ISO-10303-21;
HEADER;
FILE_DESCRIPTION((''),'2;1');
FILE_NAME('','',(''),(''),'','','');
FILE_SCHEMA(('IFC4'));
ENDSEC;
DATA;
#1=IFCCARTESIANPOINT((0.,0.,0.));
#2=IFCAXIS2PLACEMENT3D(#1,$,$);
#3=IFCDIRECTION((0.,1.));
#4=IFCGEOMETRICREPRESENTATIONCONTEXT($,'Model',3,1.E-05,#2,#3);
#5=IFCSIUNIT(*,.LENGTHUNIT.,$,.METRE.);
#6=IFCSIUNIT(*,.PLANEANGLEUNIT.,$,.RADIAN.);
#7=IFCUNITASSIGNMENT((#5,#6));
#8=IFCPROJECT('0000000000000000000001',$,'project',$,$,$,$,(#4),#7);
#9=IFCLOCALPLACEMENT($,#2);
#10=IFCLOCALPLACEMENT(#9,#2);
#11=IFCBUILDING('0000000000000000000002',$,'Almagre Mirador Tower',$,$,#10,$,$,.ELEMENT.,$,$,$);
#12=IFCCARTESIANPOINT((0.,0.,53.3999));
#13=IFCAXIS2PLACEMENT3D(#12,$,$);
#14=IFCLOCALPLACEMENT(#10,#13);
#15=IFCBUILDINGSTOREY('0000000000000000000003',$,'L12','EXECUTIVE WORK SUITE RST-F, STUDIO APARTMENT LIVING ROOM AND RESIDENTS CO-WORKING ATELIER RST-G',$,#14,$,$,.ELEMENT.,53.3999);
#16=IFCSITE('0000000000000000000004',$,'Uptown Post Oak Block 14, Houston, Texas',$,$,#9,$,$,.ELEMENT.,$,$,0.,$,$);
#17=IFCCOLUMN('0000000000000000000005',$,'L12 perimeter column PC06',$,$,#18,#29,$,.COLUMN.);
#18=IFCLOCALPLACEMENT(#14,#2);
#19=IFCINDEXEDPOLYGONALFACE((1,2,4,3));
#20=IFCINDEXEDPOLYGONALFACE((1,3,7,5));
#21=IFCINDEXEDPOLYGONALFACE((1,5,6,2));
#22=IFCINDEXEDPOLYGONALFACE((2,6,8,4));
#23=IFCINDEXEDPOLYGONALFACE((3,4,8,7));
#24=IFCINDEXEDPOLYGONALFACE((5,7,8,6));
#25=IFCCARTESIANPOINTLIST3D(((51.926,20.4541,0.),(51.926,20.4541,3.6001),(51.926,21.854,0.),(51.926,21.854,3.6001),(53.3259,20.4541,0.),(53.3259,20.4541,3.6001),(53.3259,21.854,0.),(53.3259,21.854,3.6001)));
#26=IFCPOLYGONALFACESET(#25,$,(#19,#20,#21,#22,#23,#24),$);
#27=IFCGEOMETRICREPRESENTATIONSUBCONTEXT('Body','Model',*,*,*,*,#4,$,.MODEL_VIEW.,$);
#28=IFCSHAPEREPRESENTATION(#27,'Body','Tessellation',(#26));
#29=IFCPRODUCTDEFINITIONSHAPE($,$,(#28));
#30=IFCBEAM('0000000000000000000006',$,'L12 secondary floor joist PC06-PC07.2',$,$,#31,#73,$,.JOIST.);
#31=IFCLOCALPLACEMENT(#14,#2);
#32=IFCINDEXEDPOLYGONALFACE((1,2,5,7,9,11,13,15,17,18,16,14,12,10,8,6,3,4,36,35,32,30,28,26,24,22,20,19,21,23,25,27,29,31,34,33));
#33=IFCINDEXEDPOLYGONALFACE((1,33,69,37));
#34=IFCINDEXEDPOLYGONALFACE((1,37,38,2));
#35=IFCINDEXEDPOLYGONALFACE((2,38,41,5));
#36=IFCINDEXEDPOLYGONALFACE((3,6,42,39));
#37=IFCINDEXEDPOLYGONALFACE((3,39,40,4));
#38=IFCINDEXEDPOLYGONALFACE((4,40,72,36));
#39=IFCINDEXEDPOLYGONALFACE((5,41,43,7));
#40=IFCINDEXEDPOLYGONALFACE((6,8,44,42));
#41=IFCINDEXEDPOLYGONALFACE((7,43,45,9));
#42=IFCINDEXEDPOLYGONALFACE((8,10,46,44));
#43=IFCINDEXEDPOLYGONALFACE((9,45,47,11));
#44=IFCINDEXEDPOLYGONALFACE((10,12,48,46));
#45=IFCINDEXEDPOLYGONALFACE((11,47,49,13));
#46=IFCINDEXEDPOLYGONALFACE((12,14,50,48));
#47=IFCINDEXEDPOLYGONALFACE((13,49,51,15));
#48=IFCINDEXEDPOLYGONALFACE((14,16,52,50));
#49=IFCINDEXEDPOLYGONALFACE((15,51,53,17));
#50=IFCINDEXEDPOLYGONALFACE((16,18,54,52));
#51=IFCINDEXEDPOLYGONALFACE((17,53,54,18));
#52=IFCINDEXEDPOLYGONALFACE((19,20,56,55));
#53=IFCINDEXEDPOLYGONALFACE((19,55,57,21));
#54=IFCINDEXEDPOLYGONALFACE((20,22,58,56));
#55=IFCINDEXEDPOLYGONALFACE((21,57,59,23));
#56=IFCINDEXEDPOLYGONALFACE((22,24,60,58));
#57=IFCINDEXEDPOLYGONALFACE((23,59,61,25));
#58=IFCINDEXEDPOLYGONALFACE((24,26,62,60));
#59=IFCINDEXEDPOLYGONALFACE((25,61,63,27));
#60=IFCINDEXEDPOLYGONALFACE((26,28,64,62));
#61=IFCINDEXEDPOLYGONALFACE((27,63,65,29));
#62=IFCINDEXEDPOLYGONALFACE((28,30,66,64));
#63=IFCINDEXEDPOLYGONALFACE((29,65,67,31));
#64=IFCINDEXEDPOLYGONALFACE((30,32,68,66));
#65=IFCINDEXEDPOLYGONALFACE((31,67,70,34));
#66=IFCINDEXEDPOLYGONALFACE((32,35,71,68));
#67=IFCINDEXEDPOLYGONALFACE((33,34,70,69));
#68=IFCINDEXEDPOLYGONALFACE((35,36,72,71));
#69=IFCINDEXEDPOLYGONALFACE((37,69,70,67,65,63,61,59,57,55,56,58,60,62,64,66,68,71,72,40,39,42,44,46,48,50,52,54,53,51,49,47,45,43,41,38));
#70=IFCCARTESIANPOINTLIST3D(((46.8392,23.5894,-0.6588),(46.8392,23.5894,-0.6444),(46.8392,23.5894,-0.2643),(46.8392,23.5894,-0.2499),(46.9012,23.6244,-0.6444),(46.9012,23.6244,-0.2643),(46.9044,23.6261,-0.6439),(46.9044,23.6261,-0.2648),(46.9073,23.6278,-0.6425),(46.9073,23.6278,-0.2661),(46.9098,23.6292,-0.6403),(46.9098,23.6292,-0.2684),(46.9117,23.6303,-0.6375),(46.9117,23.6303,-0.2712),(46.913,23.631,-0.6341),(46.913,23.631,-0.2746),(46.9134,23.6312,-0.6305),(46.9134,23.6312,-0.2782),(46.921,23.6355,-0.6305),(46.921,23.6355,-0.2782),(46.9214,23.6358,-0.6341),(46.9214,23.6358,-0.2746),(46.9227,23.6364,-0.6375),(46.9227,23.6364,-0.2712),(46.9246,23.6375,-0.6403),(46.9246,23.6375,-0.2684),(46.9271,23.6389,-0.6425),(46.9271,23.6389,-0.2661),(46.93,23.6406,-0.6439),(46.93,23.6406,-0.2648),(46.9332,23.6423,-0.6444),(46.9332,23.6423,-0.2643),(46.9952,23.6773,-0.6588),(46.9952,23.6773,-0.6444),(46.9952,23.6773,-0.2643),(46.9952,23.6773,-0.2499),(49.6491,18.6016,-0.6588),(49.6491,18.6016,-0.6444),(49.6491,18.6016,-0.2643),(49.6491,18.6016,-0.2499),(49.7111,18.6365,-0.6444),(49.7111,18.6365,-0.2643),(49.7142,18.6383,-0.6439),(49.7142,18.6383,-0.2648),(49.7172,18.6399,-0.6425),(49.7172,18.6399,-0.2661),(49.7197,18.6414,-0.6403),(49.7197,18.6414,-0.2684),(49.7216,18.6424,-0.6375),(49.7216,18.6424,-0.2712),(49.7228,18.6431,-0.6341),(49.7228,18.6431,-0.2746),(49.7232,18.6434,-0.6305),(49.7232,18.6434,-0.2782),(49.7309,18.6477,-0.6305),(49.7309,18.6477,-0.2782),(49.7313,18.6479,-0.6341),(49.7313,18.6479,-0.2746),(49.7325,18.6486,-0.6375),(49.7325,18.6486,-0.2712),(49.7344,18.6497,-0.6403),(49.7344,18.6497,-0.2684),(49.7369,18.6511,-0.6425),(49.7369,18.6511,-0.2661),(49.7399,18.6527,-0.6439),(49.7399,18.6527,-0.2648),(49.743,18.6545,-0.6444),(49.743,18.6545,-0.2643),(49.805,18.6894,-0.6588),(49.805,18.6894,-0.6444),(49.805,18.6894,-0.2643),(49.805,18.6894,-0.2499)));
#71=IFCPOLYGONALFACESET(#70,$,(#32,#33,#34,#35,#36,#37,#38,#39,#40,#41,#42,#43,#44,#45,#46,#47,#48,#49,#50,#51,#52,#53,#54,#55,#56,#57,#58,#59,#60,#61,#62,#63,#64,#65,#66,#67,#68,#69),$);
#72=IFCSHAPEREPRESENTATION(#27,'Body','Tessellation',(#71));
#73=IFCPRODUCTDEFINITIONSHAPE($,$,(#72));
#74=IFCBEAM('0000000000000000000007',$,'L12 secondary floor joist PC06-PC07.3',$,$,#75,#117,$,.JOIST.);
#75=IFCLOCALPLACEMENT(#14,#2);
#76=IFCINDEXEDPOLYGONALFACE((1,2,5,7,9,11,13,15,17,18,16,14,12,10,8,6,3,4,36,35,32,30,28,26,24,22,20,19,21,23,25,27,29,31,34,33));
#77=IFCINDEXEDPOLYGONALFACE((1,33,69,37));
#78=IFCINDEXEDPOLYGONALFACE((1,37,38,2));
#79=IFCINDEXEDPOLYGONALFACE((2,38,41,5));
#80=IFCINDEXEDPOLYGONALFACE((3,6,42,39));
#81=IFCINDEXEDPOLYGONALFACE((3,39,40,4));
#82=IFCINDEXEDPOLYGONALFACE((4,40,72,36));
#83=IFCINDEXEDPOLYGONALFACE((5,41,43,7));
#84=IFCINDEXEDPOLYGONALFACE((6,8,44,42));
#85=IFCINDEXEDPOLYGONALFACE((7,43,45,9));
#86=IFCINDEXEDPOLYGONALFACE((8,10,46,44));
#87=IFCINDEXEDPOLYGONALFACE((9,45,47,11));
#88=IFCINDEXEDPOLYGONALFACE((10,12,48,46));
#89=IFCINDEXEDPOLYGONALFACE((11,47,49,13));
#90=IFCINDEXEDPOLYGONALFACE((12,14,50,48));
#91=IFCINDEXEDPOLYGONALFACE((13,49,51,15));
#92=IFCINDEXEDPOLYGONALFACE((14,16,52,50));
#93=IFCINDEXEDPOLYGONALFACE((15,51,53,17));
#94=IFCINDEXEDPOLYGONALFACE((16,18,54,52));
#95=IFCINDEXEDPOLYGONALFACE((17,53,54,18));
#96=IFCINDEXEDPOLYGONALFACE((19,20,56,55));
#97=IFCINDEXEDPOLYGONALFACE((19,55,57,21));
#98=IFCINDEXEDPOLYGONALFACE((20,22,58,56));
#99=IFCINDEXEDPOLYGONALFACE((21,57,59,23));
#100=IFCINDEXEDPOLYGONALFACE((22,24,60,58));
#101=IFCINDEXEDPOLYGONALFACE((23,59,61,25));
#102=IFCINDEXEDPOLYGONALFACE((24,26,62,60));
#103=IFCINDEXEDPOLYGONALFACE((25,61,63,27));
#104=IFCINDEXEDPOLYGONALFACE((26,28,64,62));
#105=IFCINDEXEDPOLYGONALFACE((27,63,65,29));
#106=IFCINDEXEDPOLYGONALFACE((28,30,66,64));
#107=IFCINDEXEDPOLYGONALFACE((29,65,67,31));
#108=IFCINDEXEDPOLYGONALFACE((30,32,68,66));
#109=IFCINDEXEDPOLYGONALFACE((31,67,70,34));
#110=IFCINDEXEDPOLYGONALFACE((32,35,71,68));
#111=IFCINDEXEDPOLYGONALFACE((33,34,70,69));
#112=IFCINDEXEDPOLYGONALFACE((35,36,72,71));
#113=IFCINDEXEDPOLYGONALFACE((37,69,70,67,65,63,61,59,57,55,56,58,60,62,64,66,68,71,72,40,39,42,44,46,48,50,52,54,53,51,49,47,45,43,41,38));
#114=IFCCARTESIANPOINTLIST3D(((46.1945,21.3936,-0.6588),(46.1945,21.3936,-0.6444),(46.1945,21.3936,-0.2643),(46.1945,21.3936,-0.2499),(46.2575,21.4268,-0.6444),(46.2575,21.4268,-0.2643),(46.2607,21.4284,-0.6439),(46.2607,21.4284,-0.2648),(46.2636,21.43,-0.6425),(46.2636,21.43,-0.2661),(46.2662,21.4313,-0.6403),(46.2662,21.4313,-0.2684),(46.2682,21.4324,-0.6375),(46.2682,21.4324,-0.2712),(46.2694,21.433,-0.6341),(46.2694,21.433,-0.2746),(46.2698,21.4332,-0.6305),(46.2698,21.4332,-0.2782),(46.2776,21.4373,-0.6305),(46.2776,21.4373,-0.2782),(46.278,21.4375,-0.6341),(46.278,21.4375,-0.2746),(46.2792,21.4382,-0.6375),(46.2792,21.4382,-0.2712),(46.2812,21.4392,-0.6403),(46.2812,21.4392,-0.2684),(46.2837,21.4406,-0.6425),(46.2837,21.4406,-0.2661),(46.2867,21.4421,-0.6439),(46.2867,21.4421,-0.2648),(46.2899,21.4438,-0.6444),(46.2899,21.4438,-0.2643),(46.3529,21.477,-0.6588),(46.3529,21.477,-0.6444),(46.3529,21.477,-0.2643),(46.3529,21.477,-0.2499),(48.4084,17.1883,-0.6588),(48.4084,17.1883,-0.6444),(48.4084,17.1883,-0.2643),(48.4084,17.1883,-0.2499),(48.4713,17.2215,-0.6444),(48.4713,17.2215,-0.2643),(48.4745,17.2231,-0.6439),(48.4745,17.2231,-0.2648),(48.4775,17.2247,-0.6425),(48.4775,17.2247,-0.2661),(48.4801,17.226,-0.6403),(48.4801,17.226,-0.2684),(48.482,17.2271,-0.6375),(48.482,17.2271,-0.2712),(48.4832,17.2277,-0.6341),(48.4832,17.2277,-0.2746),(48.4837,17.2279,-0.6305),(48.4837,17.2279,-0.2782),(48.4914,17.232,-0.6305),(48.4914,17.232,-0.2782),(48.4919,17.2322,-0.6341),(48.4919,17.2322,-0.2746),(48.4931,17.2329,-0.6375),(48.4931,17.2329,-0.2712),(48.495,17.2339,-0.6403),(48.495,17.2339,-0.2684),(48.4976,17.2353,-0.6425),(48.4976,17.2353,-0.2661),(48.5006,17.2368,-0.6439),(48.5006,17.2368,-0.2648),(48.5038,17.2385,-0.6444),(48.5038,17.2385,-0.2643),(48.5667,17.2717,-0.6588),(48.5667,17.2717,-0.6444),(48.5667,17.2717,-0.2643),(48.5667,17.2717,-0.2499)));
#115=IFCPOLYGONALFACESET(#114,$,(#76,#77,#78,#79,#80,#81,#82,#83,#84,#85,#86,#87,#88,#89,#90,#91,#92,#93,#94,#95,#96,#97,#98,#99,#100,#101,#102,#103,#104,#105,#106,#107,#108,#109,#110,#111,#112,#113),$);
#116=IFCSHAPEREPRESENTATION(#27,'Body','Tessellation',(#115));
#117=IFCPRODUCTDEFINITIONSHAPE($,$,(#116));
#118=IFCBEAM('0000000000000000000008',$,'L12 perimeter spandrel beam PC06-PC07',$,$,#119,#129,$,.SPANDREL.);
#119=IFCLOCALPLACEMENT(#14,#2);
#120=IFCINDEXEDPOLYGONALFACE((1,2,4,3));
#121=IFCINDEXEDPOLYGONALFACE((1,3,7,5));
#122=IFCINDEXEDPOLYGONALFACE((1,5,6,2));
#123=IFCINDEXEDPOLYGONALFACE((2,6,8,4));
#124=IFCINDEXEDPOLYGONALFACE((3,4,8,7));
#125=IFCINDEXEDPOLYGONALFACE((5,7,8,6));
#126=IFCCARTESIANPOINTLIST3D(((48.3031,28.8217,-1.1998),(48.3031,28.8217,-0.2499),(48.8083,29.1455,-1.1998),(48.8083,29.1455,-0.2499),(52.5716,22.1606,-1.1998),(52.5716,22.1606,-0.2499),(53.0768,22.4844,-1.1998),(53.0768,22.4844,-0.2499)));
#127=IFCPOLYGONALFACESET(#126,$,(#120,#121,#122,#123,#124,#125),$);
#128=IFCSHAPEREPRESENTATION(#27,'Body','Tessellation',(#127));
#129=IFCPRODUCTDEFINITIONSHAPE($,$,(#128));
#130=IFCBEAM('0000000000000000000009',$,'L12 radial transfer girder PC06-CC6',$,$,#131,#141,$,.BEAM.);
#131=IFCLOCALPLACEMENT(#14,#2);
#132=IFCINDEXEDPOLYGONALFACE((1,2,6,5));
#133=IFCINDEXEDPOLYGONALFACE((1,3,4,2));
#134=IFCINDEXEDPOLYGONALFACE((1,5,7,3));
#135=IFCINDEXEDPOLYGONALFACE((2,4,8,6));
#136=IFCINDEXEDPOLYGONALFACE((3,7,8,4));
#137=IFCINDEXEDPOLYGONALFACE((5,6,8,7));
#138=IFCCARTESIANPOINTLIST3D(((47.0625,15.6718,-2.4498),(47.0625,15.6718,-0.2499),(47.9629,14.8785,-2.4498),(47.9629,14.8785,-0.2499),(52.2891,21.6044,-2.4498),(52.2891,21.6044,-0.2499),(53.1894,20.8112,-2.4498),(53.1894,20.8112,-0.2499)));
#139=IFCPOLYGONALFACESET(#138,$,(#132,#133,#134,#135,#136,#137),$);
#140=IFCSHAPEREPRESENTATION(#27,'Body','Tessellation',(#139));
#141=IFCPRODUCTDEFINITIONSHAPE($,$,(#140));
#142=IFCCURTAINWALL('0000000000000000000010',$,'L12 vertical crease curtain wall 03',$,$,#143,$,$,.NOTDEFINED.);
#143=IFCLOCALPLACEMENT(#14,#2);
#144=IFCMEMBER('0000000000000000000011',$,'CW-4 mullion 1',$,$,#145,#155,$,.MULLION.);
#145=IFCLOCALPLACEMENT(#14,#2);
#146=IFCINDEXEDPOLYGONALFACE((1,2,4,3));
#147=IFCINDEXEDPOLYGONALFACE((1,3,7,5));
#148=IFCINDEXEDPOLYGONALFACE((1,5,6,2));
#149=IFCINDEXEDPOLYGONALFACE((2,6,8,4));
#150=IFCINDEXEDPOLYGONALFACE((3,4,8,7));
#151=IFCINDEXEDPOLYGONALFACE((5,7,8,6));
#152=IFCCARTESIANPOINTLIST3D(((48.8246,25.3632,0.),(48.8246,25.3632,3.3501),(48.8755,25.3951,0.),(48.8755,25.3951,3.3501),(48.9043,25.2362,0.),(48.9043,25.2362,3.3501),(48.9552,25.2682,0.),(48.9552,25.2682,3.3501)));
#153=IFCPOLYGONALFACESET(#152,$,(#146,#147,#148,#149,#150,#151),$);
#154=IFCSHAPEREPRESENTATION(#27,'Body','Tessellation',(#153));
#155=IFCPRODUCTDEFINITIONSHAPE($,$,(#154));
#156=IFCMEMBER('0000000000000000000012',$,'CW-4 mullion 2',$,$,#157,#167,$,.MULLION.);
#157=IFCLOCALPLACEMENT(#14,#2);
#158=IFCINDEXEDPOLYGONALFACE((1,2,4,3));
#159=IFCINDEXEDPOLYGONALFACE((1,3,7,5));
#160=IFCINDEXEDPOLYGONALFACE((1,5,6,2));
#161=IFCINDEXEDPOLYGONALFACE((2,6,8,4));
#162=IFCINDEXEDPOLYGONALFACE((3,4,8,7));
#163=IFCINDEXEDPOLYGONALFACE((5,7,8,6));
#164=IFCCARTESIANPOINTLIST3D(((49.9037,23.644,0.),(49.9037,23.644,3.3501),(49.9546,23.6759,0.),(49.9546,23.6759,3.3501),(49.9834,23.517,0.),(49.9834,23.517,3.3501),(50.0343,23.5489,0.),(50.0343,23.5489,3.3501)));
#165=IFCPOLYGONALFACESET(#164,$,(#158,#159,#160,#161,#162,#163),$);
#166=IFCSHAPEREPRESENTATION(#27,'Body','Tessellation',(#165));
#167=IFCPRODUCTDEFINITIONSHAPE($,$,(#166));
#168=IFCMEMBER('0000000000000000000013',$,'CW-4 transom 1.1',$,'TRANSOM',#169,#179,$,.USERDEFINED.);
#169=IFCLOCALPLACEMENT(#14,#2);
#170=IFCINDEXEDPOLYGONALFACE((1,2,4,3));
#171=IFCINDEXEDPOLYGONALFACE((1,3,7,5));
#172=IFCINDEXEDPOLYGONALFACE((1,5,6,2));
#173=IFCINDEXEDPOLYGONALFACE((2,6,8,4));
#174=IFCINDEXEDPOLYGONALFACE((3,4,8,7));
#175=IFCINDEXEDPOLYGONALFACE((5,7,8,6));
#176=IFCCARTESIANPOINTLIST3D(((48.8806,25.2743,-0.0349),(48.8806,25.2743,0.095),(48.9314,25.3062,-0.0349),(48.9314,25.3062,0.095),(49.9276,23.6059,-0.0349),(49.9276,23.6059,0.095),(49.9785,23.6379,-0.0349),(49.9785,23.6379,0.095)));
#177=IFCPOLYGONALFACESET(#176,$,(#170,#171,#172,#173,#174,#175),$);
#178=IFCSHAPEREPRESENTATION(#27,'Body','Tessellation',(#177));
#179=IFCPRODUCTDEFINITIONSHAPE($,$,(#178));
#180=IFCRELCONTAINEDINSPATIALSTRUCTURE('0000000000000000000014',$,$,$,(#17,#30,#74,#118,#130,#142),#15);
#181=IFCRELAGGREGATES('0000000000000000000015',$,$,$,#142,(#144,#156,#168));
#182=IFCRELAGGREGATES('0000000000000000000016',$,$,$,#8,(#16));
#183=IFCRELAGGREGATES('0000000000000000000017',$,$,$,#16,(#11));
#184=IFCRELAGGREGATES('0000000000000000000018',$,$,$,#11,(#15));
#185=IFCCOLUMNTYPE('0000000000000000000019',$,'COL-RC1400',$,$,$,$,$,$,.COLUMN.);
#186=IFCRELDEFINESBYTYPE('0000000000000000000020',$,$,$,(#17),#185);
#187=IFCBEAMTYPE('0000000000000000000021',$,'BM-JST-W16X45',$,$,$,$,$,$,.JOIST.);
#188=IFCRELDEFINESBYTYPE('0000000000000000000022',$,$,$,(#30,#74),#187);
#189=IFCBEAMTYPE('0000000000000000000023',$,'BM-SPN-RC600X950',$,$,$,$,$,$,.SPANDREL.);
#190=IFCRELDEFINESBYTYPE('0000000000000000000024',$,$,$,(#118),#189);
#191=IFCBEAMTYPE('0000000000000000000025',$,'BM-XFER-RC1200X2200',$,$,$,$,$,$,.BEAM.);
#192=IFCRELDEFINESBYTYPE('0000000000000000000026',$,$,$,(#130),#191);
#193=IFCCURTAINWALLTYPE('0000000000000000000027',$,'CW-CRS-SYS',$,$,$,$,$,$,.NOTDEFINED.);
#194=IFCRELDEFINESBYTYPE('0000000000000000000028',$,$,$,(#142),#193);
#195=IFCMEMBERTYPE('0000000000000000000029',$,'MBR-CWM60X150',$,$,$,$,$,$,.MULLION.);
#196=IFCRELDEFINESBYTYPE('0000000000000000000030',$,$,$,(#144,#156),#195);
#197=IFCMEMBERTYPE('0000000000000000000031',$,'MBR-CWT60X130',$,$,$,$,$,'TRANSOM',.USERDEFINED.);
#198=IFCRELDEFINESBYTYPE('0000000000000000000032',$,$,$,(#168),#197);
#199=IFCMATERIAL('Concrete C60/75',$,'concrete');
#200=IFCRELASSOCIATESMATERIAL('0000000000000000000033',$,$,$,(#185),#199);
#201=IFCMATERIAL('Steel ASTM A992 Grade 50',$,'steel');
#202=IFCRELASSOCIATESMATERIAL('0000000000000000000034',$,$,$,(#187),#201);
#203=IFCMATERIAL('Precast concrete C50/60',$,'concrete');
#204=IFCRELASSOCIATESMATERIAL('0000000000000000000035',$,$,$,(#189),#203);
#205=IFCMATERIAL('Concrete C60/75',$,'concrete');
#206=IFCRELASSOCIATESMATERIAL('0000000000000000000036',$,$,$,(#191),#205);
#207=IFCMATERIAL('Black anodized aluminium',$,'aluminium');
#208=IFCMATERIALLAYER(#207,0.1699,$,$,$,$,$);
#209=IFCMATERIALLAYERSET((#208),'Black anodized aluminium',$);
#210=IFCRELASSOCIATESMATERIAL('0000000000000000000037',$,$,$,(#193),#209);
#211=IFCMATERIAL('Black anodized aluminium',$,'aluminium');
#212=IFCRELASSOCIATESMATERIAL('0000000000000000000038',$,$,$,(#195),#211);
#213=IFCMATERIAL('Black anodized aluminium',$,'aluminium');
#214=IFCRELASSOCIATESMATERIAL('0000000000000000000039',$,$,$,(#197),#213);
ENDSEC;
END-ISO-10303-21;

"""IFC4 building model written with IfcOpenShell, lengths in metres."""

from ifc_helpers import new_model, si_unit, direction, frame, origin, origin_2d, place, context, subcontext, project, spatial, rectangle, i_section, extrude, material, layer, layer_set, material_profile, profile_set, type_object, element, aggregate, save


model = new_model("IFC4")

# Units and contexts
model_context = context("Model", 3, precision=1e-05, world=origin(), true_north=direction((0.0, 1.0)))
body_context = subcontext(model_context, "Body", "Model", "MODEL_VIEW")
ifc_project = project(units=[si_unit("LENGTHUNIT", "METRE"), si_unit("PLANEANGLEUNIT", "RADIAN")], contexts=[model_context])

# Site, building, storey
site_placement = place(None, origin())
site = spatial("IfcSite", under=ifc_project, at=site_placement, Name="Uptown Post Oak Block 14, Houston, Texas", CompositionType="ELEMENT", RefElevation=0.0)
building_placement = place(site_placement, origin())
building = spatial("IfcBuilding", under=site, at=building_placement, Name="Almagre Mirador Tower", CompositionType="ELEMENT")
storey_placement = place(building_placement, frame((0.0, 0.0, 53.3999)))
storey = spatial("IfcBuildingStorey", under=building, at=storey_placement, Name="L12", Description="EXECUTIVE WORK SUITE RST-F, STUDIO APARTMENT LIVING ROOM AND RESIDENTS CO-WORKING ATELIER RST-G", CompositionType="ELEMENT", Elevation=53.3999)

# Column
ifc_material_1 = material(Name="Concrete C60/75", Category="concrete")
ifc_material_profile_1 = material_profile(ifc_material_1, rectangle(XDim=1.3999, YDim=1.3999, at=origin_2d()), Name="RC1400X1400")
ifc_profile_set_1 = profile_set([ifc_material_profile_1], Name="Concrete C60/75")
column_type = type_object("IfcColumnType", Name="COL-RC1400", PredefinedType="COLUMN", material=ifc_profile_set_1)
column_placement = place(storey_placement, frame((52.626, 21.1541, 0.0), z_axis=(0.0, 0.0, 1.0), x_axis=(1.0, 0.0, 0.0)))
element("IfcColumn", 1, at=column_placement, inside=storey, type_object=column_type, Name="L12 perimeter column PC06", PredefinedType="COLUMN", context=body_context, shape_type="SweptSolid", body=[
    extrude(rectangle(XDim=1.3999, YDim=1.3999, at=origin_2d()), origin(), (0.0, 0.0, 1.0), 3.6001),
])

# Beams
ifc_material_2 = material(Name="Steel ASTM A992 Grade 50", Category="steel")
ifc_material_profile_2 = material_profile(ifc_material_2, i_section(OverallWidth=0.179, OverallDepth=0.4089, WebThickness=0.0088, FlangeThickness=0.0144, FilletRadius=0.0139, at=origin_2d()), Name="W16X45")
ifc_profile_set_2 = profile_set([ifc_material_profile_2], Name="Steel ASTM A992 Grade 50")
beam_type_1 = type_object("IfcBeamType", Name="BM-JST-W16X45", PredefinedType="JOIST", material=ifc_profile_set_2)
beam_1_placement = place(storey_placement, frame((49.7271, 18.6455, -0.4543), z_axis=(-0.490816, 0.871263, 0.0), x_axis=(-0.871263, -0.490816, 0.0)))
element("IfcBeam", 2, at=beam_1_placement, inside=storey, type_object=beam_type_1, Name="L12 secondary floor joist PC06-PC07.2", PredefinedType="JOIST", context=body_context, shape_type="SweptSolid", body=[
    extrude(i_section(OverallWidth=0.179, OverallDepth=0.4089, WebThickness=0.0088, FlangeThickness=0.0144, FilletRadius=0.0139, at=origin_2d()), origin(), (0.0, 0.0, 1.0), 5.7249),
])
beam_2_placement = place(storey_placement, frame((48.4875, 17.23, -0.4543), z_axis=(-0.465835, 0.884871, 0.0), x_axis=(-0.884871, -0.465835, 0.0)))
element("IfcBeam", 3, at=beam_2_placement, inside=storey, type_object=beam_type_1, Name="L12 secondary floor joist PC06-PC07.3", PredefinedType="JOIST", context=body_context, shape_type="SweptSolid", body=[
    extrude(i_section(OverallWidth=0.179, OverallDepth=0.4089, WebThickness=0.0088, FlangeThickness=0.0144, FilletRadius=0.0139, at=origin_2d()), origin(), (0.0, 0.0, 1.0), 4.7524),
])
ifc_material_3 = material(Name="Precast concrete C50/60", Category="concrete")
ifc_material_profile_3 = material_profile(ifc_material_3, rectangle(XDim=0.6001, YDim=0.95, at=origin_2d()), Name="RC600X950")
ifc_profile_set_3 = profile_set([ifc_material_profile_3], Name="Precast concrete C50/60")
beam_type_2 = type_object("IfcBeamType", Name="BM-SPN-RC600X950", PredefinedType="SPANDREL", material=ifc_profile_set_3)
beam_3_placement = place(storey_placement, frame((52.8242, 22.3225, -0.7249), z_axis=(-0.53954, 0.84196, 0.0), x_axis=(-0.84196, -0.53954, 0.0)))
element("IfcBeam", 4, at=beam_3_placement, inside=storey, type_object=beam_type_2, Name="L12 perimeter spandrel beam PC06-PC07", PredefinedType="SPANDREL", context=body_context, shape_type="SweptSolid", body=[
    extrude(rectangle(XDim=0.6001, YDim=0.95, at=origin_2d()), origin(), (0.0, 0.0, 1.0), 7.9114),
])
ifc_material_4 = material(Name="Concrete C60/75", Category="concrete")
ifc_material_profile_4 = material_profile(ifc_material_4, rectangle(XDim=1.2, YDim=2.2, at=origin_2d()), Name="RC1200X2200")
ifc_profile_set_4 = profile_set([ifc_material_profile_4], Name="Concrete C60/75")
beam_type_3 = type_object("IfcBeamType", Name="BM-XFER-RC1200X2200", PredefinedType="BEAM", material=ifc_profile_set_4)
beam_4_placement = place(storey_placement, frame((52.7393, 21.2078, -1.3499), z_axis=(-0.661045, -0.750346, 0.0), x_axis=(0.750346, -0.661045, 0.0)))
element("IfcBeam", 5, at=beam_4_placement, inside=storey, type_object=beam_type_3, Name="L12 radial transfer girder PC06-CC6", PredefinedType="BEAM", context=body_context, shape_type="SweptSolid", body=[
    extrude(rectangle(XDim=1.2, YDim=2.2, at=origin_2d()), origin(), (0.0, 0.0, 1.0), 7.9065),
])

# Curtain wall, members
ifc_material_5 = material(Name="Black anodized aluminium", Category="aluminium")
ifc_layer_1 = layer(ifc_material_5, 0.1699)
ifc_layer_set_1 = layer_set([ifc_layer_1], Name="Black anodized aluminium")
curtain_wall_type = type_object("IfcCurtainWallType", Name="CW-CRS-SYS", PredefinedType="NOTDEFINED", material=ifc_layer_set_1)
curtain_wall_placement = place(storey_placement, origin())
curtain_wall = element("IfcCurtainWall", 6, at=curtain_wall_placement, inside=storey, type_object=curtain_wall_type, Name="L12 vertical crease curtain wall 03", PredefinedType="NOTDEFINED")
ifc_material_6 = material(Name="Black anodized aluminium", Category="aluminium")
ifc_material_profile_5 = material_profile(ifc_material_6, rectangle(XDim=0.0601, YDim=0.1499, at=origin_2d()), Name="CWM60X150")
ifc_profile_set_5 = profile_set([ifc_material_profile_5], Name="Black anodized aluminium")
member_type_1 = type_object("IfcMemberType", Name="MBR-CWM60X150", PredefinedType="MULLION", material=ifc_profile_set_5)
member_1_placement = place(storey_placement, frame((48.8899, 25.3157, 0.0), z_axis=(0.0, 0.0, 1.0), x_axis=(0.846975, 0.531632, 0.0)))
member_1 = element("IfcMember", 7, at=member_1_placement, type_object=member_type_1, Name="CW-4 mullion 1", PredefinedType="MULLION", context=body_context, shape_type="SweptSolid", body=[
    extrude(rectangle(XDim=0.0601, YDim=0.1499, at=origin_2d()), origin(), (0.0, 0.0, 1.0), 3.3501),
])
member_2_placement = place(storey_placement, frame((49.969, 23.5964, 0.0), z_axis=(0.0, 0.0, 1.0), x_axis=(0.846975, 0.531632, 0.0)))
member_2 = element("IfcMember", 8, at=member_2_placement, type_object=member_type_1, Name="CW-4 mullion 2", PredefinedType="MULLION", context=body_context, shape_type="SweptSolid", body=[
    extrude(rectangle(XDim=0.0601, YDim=0.1499, at=origin_2d()), origin(), (0.0, 0.0, 1.0), 3.3501),
])
ifc_material_7 = material(Name="Black anodized aluminium", Category="aluminium")
ifc_material_profile_6 = material_profile(ifc_material_7, rectangle(XDim=0.0601, YDim=0.1299, at=origin_2d()), Name="CWT60X130")
ifc_profile_set_6 = profile_set([ifc_material_profile_6], Name="Black anodized aluminium")
member_type_2 = type_object("IfcMemberType", Name="MBR-CWT60X130", ElementType="TRANSOM", PredefinedType="USERDEFINED", material=ifc_profile_set_6)
member_3_placement = place(storey_placement, frame((48.906, 25.2903, 0.03), z_axis=(0.53158, -0.847008, 0.0), x_axis=(0.847008, 0.53158, 0.0)))
member_3 = element("IfcMember", 9, at=member_3_placement, type_object=member_type_2, Name="CW-4 transom 1.1", ObjectType="TRANSOM", PredefinedType="USERDEFINED", context=body_context, shape_type="SweptSolid", body=[
    extrude(rectangle(XDim=0.0601, YDim=0.1299, at=origin_2d()), origin(), (0.0, 0.0, 1.0), 1.9697),
])
aggregate(curtain_wall, [member_1, member_2, member_3])

save(model, "model.ifc")
